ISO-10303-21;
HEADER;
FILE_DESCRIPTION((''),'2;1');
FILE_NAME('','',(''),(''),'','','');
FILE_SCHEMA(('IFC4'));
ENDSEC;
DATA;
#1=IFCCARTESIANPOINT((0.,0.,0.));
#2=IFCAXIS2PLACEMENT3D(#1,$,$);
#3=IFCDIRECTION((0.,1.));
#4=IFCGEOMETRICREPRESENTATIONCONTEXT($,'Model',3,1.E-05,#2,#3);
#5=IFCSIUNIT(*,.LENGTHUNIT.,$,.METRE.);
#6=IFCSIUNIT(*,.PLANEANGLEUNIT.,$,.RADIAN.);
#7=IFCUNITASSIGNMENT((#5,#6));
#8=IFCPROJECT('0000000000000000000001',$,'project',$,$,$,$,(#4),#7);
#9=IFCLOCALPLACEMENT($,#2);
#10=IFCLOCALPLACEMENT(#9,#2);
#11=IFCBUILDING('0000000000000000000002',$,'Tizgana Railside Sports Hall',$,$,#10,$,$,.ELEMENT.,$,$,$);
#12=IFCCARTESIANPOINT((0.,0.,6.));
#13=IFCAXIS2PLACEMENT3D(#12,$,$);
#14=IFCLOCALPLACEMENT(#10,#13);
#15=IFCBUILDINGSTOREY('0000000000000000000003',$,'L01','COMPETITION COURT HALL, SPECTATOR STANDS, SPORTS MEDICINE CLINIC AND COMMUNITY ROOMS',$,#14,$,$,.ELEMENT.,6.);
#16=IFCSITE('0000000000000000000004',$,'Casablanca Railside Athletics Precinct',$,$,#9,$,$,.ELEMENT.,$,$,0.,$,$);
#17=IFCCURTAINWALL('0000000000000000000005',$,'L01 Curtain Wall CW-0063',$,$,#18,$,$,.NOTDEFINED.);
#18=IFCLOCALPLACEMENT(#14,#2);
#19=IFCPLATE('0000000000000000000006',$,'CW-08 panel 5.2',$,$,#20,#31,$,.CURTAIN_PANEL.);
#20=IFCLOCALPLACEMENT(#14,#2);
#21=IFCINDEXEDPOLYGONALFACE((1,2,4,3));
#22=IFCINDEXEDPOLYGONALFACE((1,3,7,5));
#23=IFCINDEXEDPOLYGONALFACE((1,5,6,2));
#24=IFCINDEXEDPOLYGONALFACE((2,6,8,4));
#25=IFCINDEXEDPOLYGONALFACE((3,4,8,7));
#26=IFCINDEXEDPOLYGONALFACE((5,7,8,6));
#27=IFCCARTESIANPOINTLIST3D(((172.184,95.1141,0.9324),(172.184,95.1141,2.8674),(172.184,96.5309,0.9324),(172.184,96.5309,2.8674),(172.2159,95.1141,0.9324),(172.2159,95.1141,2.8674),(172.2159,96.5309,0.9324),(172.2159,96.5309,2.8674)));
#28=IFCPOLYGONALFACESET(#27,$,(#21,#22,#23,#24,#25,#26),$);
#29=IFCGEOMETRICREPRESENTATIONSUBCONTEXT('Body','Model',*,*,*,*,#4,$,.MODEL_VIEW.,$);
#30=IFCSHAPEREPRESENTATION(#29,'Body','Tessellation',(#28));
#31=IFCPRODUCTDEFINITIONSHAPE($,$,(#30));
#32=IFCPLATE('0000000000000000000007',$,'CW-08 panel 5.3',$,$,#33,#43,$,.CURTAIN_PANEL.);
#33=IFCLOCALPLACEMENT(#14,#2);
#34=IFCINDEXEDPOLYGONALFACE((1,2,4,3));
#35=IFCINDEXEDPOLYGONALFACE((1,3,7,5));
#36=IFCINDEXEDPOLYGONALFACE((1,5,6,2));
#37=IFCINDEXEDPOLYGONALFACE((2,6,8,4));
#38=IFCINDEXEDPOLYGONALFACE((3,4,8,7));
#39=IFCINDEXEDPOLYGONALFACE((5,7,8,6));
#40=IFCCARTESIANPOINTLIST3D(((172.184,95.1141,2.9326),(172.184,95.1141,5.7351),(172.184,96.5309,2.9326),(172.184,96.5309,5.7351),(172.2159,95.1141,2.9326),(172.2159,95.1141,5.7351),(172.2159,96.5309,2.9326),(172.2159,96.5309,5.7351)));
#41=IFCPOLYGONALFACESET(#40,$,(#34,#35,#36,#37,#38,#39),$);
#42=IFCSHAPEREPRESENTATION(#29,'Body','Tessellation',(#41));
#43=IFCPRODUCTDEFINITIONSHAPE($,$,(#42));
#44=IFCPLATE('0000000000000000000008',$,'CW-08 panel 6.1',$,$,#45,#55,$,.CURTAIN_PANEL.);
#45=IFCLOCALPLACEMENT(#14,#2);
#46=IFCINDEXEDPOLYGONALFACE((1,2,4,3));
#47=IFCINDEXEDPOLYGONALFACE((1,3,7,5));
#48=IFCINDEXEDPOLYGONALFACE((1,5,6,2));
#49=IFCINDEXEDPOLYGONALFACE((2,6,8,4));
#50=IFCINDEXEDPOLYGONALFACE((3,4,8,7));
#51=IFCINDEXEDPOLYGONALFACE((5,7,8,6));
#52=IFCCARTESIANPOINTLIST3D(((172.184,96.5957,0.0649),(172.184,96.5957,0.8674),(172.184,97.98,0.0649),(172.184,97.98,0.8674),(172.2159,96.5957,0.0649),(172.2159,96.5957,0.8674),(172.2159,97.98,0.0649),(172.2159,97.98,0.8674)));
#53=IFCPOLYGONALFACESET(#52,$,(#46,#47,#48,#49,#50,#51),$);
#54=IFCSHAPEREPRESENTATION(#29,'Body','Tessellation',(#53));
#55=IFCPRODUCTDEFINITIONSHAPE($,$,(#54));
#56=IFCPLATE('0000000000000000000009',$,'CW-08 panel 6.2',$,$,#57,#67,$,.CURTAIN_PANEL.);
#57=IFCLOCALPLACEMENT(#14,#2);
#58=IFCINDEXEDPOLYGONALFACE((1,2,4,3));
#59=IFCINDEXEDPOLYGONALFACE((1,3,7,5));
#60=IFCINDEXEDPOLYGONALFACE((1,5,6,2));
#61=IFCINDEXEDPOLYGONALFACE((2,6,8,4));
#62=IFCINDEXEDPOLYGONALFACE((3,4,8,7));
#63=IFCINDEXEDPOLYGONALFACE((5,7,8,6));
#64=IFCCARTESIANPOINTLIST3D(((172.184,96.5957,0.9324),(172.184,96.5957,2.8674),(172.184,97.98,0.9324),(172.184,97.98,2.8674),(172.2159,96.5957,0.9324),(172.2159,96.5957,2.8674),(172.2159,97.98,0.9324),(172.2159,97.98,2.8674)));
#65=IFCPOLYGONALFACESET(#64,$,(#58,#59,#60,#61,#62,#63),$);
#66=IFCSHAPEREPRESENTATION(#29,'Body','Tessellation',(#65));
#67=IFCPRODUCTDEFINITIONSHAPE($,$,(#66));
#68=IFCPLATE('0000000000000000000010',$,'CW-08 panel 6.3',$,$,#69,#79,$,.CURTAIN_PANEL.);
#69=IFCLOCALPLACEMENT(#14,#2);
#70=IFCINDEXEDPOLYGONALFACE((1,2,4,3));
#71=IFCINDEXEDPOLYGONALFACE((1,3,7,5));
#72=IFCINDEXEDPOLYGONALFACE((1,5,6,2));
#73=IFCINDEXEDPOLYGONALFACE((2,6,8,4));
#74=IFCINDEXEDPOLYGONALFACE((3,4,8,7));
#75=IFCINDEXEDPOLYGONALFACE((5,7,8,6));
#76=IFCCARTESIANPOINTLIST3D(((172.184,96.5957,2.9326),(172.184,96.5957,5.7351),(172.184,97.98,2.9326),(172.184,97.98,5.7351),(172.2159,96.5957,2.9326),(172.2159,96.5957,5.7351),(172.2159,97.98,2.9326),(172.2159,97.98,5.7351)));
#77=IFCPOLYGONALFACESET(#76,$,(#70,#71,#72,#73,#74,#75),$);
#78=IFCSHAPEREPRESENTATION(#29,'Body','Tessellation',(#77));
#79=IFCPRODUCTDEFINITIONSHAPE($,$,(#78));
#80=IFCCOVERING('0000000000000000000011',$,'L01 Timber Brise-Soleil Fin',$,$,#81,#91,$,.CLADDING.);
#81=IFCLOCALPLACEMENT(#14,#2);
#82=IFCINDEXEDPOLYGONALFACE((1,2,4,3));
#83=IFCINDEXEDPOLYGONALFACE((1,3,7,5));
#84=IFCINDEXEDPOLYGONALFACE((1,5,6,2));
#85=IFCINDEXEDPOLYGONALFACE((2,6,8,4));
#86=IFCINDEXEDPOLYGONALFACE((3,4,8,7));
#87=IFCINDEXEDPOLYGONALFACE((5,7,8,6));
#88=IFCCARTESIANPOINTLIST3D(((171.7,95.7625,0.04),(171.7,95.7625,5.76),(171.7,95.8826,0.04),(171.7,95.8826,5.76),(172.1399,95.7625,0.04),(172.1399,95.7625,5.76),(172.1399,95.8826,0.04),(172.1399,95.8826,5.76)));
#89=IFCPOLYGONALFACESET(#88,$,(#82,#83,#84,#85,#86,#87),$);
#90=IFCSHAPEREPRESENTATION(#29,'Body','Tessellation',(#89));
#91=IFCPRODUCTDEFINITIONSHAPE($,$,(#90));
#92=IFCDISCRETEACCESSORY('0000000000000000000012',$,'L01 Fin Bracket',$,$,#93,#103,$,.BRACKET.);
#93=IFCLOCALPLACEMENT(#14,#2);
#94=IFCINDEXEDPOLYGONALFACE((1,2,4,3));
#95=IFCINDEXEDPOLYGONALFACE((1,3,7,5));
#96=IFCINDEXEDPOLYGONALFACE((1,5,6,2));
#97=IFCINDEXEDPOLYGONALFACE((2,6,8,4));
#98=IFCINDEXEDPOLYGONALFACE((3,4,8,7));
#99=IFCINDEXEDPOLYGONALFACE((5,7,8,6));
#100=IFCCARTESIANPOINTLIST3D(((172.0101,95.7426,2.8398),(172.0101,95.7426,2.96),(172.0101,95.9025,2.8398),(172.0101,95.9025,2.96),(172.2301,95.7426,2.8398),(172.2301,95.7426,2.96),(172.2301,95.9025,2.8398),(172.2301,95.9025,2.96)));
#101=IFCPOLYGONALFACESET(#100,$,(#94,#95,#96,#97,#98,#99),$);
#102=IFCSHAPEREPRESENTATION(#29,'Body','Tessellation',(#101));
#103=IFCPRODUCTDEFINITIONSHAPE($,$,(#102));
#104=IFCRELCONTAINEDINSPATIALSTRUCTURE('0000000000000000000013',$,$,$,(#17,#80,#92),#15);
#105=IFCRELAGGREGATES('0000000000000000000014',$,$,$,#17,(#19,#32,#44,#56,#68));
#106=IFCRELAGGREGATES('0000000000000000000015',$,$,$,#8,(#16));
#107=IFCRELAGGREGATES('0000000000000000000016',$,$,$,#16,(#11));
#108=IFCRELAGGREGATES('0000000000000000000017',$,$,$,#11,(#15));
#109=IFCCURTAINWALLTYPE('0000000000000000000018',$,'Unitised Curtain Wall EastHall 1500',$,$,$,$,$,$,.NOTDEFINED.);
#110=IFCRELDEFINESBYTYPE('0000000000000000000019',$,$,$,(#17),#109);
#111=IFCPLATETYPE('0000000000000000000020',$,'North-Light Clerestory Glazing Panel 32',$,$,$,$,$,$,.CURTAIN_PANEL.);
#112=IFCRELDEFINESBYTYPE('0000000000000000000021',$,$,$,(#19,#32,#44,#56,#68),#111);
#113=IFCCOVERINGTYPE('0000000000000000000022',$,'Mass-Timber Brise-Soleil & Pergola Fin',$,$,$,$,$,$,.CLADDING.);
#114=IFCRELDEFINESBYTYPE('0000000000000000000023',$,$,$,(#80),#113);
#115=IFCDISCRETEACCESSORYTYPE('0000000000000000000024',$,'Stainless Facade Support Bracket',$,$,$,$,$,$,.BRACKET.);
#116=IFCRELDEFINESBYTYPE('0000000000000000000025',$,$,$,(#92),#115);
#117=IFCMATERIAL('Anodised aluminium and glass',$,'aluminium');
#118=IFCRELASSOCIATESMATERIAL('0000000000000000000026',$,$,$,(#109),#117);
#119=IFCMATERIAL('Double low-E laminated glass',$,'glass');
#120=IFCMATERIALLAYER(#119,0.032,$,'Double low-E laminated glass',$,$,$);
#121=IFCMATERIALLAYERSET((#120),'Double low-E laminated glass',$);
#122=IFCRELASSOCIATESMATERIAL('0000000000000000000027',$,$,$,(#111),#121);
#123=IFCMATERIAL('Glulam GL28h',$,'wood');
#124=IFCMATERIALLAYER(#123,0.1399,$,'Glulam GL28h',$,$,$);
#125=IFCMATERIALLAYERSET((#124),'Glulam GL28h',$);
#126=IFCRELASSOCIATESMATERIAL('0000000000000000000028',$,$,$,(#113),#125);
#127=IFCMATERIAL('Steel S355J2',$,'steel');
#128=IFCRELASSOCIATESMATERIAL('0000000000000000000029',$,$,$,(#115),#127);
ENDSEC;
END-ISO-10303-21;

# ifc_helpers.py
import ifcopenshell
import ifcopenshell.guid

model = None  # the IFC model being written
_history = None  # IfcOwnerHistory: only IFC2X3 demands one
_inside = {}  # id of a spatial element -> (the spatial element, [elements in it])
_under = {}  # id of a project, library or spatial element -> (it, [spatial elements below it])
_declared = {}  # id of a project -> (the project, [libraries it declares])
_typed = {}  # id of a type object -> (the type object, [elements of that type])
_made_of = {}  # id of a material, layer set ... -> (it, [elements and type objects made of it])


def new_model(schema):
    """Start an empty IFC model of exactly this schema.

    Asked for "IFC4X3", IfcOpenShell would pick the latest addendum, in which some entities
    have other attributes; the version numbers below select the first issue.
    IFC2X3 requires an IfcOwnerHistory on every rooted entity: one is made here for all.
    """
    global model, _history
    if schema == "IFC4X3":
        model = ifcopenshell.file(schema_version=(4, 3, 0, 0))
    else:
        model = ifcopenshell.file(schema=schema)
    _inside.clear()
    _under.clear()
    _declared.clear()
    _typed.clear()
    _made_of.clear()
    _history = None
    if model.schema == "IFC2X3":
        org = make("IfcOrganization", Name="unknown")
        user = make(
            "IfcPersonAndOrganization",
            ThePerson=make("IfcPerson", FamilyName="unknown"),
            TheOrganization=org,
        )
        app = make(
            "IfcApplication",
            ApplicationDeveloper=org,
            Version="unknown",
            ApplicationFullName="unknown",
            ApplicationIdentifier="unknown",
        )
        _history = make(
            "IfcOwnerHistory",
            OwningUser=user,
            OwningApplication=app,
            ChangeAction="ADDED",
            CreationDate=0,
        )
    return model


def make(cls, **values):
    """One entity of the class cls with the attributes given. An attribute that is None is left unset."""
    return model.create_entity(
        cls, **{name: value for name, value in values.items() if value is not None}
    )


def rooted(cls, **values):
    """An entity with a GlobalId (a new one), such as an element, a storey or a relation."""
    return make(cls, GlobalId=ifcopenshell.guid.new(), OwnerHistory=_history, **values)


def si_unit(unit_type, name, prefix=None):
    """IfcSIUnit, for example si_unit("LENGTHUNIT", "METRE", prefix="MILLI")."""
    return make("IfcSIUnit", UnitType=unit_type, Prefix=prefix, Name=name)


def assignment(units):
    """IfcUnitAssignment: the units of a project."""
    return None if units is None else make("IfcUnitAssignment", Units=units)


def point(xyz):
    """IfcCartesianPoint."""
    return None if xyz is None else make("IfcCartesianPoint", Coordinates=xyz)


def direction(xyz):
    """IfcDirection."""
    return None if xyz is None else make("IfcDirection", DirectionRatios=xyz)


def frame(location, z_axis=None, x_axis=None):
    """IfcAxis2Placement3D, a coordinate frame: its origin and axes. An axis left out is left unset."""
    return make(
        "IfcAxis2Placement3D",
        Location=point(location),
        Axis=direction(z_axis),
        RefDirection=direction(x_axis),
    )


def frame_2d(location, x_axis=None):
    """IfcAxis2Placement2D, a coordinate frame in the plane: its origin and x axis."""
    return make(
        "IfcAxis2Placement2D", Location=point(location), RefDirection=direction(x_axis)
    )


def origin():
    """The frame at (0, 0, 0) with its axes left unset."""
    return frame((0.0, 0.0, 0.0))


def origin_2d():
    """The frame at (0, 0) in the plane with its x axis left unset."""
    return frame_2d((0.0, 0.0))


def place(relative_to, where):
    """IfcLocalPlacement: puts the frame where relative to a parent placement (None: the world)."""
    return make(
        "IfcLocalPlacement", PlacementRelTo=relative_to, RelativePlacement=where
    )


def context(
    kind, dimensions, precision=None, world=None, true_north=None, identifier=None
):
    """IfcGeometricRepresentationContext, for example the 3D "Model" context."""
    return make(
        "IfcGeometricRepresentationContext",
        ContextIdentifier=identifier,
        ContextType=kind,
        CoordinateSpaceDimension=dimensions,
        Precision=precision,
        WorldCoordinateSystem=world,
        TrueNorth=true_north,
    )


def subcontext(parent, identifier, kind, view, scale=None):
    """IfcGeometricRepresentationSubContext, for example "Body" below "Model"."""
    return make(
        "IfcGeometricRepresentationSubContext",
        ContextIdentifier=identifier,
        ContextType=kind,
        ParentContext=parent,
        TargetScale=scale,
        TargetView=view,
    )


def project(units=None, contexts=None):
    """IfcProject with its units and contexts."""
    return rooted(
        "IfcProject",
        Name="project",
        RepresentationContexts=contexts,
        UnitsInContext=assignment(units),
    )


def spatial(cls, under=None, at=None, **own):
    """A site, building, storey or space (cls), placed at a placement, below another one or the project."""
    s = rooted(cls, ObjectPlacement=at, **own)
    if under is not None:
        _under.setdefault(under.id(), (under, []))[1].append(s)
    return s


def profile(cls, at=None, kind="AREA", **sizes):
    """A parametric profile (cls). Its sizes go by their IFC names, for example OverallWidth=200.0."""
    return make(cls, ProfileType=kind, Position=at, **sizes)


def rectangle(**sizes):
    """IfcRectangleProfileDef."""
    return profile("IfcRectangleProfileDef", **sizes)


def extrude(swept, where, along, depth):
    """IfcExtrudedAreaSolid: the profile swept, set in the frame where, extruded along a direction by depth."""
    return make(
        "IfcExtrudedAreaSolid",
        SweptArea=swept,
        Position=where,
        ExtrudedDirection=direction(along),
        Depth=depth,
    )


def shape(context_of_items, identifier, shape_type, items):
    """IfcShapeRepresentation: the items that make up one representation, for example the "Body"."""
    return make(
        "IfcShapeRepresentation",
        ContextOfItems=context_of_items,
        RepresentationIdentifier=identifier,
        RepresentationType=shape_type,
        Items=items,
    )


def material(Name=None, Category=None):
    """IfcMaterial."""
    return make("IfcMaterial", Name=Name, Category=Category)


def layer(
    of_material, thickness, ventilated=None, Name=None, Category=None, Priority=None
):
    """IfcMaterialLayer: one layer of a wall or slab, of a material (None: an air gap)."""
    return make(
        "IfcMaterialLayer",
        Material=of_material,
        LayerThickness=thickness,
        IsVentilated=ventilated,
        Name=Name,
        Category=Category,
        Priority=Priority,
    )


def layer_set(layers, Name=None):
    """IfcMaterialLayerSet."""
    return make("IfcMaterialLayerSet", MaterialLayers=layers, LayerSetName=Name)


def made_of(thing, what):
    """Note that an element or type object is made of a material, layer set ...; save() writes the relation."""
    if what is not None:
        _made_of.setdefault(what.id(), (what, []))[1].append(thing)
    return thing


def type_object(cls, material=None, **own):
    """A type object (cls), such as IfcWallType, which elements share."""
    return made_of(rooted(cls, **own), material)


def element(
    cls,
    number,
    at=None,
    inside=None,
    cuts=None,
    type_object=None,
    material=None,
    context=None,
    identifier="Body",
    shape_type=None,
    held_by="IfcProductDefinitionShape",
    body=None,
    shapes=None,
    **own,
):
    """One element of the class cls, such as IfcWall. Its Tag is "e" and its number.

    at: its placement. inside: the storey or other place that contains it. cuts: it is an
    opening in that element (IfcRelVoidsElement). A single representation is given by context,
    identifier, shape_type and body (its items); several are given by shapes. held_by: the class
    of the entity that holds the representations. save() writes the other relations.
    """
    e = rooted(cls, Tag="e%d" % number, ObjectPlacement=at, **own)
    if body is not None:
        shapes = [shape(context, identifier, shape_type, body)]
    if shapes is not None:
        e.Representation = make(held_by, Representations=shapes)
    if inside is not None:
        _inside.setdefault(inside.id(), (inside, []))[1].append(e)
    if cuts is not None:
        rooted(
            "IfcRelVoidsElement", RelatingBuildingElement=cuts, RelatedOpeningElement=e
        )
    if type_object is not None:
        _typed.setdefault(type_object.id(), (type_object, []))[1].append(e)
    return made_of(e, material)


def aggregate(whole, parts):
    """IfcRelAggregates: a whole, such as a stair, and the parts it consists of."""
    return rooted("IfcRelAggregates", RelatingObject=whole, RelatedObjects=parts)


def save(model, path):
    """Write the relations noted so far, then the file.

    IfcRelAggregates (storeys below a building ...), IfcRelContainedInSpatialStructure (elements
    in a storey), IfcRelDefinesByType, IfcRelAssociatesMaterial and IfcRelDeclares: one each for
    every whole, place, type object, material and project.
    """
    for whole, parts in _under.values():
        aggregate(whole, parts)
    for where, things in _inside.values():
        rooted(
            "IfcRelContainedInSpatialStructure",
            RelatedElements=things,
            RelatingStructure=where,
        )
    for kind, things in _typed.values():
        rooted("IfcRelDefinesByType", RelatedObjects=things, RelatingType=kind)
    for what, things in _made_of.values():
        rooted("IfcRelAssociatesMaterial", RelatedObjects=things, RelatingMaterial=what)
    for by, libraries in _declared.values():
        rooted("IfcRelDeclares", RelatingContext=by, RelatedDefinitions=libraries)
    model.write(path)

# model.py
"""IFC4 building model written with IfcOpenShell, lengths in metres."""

from ifc_helpers import new_model, si_unit, direction, frame, origin, origin_2d, place, context, subcontext, project, spatial, rectangle, extrude, material, layer, layer_set, type_object, element, aggregate, save


model = new_model("IFC4")

# Units and contexts
model_context = context("Model", 3, precision=1e-05, world=origin(), true_north=direction((0.0, 1.0)))
body_context = subcontext(model_context, "Body", "Model", "MODEL_VIEW")
ifc_project = project(units=[si_unit("LENGTHUNIT", "METRE"), si_unit("PLANEANGLEUNIT", "RADIAN")], contexts=[model_context])

# Site, building, storey
site_placement = place(None, origin())
site = spatial("IfcSite", under=ifc_project, at=site_placement, Name="Casablanca Railside Athletics Precinct", CompositionType="ELEMENT", RefElevation=0.0)
building_placement = place(site_placement, origin())
building = spatial("IfcBuilding", under=site, at=building_placement, Name="Tizgana Railside Sports Hall", CompositionType="ELEMENT")
storey_placement = place(building_placement, frame((0.0, 0.0, 6.0)))
storey = spatial("IfcBuildingStorey", under=building, at=storey_placement, Name="L01", Description="COMPETITION COURT HALL, SPECTATOR STANDS, SPORTS MEDICINE CLINIC AND COMMUNITY ROOMS", CompositionType="ELEMENT", Elevation=6.0)

# Shared definitions
ifc_material_1 = material(Name="Anodised aluminium and glass", Category="aluminium")

# Curtain wall
curtain_wall_type_1 = type_object("IfcCurtainWallType", Name="Unitised Curtain Wall EastHall 1500", PredefinedType="NOTDEFINED", material=ifc_material_1)
curtain_wall_1_placement = place(storey_placement, origin())
curtain_wall_1 = element("IfcCurtainWall", 1, at=curtain_wall_1_placement, inside=storey, type_object=curtain_wall_type_1, Name="L01 Curtain Wall CW-0063", PredefinedType="NOTDEFINED")

# Plates
ifc_material_2 = material(Name="Double low-E laminated glass", Category="glass")
ifc_layer_1 = layer(ifc_material_2, 0.032, Name="Double low-E laminated glass")
ifc_layer_set_1 = layer_set([ifc_layer_1], Name="Double low-E laminated glass")
plate_type_1 = type_object("IfcPlateType", Name="North-Light Clerestory Glazing Panel 32", PredefinedType="CURTAIN_PANEL", material=ifc_layer_set_1)
plate_1_placement = place(storey_placement, frame((172.2, 95.8225, 0.9324), z_axis=(0.0, 0.0, 1.0), x_axis=(0.0, 1.0, 0.0)))
plate_1 = element("IfcPlate", 2, at=plate_1_placement, type_object=plate_type_1, Name="CW-08 panel 5.2", PredefinedType="CURTAIN_PANEL", context=body_context, shape_type="SweptSolid", body=[
    extrude(rectangle(XDim=1.4167, YDim=0.032, at=origin_2d()), origin(), (0.0, 0.0, 1.0), 1.9351),
])
plate_2_placement = place(storey_placement, frame((172.2, 95.8225, 2.9326), z_axis=(0.0, 0.0, 1.0), x_axis=(0.0, 1.0, 0.0)))
plate_2 = element("IfcPlate", 3, at=plate_2_placement, type_object=plate_type_1, Name="CW-08 panel 5.3", PredefinedType="CURTAIN_PANEL", context=body_context, shape_type="SweptSolid", body=[
    extrude(rectangle(XDim=1.4167, YDim=0.032, at=origin_2d()), origin(), (0.0, 0.0, 1.0), 2.8025),
])
plate_3_placement = place(storey_placement, frame((172.2, 97.2878, 0.0649), z_axis=(0.0, 0.0, 1.0), x_axis=(0.0, 1.0, 0.0)))
plate_3 = element("IfcPlate", 4, at=plate_3_placement, type_object=plate_type_1, Name="CW-08 panel 6.1", PredefinedType="CURTAIN_PANEL", context=body_context, shape_type="SweptSolid", body=[
    extrude(rectangle(XDim=1.3843, YDim=0.032, at=origin_2d()), origin(), (0.0, 0.0, 1.0), 0.8025),
])
plate_4_placement = place(storey_placement, frame((172.2, 97.2878, 0.9324), z_axis=(0.0, 0.0, 1.0), x_axis=(0.0, 1.0, 0.0)))
plate_4 = element("IfcPlate", 5, at=plate_4_placement, type_object=plate_type_1, Name="CW-08 panel 6.2", PredefinedType="CURTAIN_PANEL", context=body_context, shape_type="SweptSolid", body=[
    extrude(rectangle(XDim=1.3843, YDim=0.032, at=origin_2d()), origin(), (0.0, 0.0, 1.0), 1.9351),
])
plate_5_placement = place(storey_placement, frame((172.2, 97.2878, 2.9326), z_axis=(0.0, 0.0, 1.0), x_axis=(0.0, 1.0, 0.0)))
plate_5 = element("IfcPlate", 6, at=plate_5_placement, type_object=plate_type_1, Name="CW-08 panel 6.3", PredefinedType="CURTAIN_PANEL", context=body_context, shape_type="SweptSolid", body=[
    extrude(rectangle(XDim=1.3843, YDim=0.032, at=origin_2d()), origin(), (0.0, 0.0, 1.0), 2.8025),
])
aggregate(curtain_wall_1, [plate_1, plate_2, plate_3, plate_4, plate_5])

# Covering
ifc_material_3 = material(Name="Glulam GL28h", Category="wood")
ifc_layer_2 = layer(ifc_material_3, 0.1399, Name="Glulam GL28h")
ifc_layer_set_2 = layer_set([ifc_layer_2], Name="Glulam GL28h")
covering_type = type_object("IfcCoveringType", Name="Mass-Timber Brise-Soleil & Pergola Fin", PredefinedType="CLADDING", material=ifc_layer_set_2)
covering_placement = place(storey_placement, frame((171.9199, 95.8225, 0.04), z_axis=(0.0, 0.0, 1.0), x_axis=(0.0, 1.0, 0.0)))
element("IfcCovering", 7, at=covering_placement, inside=storey, type_object=covering_type, Name="L01 Timber Brise-Soleil Fin", PredefinedType="CLADDING", context=body_context, shape_type="SweptSolid", body=[
    extrude(rectangle(XDim=0.1201, YDim=0.4399, at=origin_2d()), origin(), (0.0, 0.0, 1.0), 5.72),
])

# Discrete accessory
ifc_material_4 = material(Name="Steel S355J2", Category="steel")
discrete_accessory_type = type_object("IfcDiscreteAccessoryType", Name="Stainless Facade Support Bracket", PredefinedType="BRACKET", material=ifc_material_4)
discrete_accessory_placement = place(storey_placement, frame((172.1201, 95.8225, 2.8398), z_axis=(0.0, 0.0, 1.0), x_axis=(0.0, 1.0, 0.0)))
element("IfcDiscreteAccessory", 8, at=discrete_accessory_placement, inside=storey, type_object=discrete_accessory_type, Name="L01 Fin Bracket", PredefinedType="BRACKET", context=body_context, shape_type="SweptSolid", body=[
    extrude(rectangle(XDim=0.1599, YDim=0.22, at=origin_2d()), origin(), (0.0, 0.0, 1.0), 0.1201),
])

save(model, "model.ifc")
